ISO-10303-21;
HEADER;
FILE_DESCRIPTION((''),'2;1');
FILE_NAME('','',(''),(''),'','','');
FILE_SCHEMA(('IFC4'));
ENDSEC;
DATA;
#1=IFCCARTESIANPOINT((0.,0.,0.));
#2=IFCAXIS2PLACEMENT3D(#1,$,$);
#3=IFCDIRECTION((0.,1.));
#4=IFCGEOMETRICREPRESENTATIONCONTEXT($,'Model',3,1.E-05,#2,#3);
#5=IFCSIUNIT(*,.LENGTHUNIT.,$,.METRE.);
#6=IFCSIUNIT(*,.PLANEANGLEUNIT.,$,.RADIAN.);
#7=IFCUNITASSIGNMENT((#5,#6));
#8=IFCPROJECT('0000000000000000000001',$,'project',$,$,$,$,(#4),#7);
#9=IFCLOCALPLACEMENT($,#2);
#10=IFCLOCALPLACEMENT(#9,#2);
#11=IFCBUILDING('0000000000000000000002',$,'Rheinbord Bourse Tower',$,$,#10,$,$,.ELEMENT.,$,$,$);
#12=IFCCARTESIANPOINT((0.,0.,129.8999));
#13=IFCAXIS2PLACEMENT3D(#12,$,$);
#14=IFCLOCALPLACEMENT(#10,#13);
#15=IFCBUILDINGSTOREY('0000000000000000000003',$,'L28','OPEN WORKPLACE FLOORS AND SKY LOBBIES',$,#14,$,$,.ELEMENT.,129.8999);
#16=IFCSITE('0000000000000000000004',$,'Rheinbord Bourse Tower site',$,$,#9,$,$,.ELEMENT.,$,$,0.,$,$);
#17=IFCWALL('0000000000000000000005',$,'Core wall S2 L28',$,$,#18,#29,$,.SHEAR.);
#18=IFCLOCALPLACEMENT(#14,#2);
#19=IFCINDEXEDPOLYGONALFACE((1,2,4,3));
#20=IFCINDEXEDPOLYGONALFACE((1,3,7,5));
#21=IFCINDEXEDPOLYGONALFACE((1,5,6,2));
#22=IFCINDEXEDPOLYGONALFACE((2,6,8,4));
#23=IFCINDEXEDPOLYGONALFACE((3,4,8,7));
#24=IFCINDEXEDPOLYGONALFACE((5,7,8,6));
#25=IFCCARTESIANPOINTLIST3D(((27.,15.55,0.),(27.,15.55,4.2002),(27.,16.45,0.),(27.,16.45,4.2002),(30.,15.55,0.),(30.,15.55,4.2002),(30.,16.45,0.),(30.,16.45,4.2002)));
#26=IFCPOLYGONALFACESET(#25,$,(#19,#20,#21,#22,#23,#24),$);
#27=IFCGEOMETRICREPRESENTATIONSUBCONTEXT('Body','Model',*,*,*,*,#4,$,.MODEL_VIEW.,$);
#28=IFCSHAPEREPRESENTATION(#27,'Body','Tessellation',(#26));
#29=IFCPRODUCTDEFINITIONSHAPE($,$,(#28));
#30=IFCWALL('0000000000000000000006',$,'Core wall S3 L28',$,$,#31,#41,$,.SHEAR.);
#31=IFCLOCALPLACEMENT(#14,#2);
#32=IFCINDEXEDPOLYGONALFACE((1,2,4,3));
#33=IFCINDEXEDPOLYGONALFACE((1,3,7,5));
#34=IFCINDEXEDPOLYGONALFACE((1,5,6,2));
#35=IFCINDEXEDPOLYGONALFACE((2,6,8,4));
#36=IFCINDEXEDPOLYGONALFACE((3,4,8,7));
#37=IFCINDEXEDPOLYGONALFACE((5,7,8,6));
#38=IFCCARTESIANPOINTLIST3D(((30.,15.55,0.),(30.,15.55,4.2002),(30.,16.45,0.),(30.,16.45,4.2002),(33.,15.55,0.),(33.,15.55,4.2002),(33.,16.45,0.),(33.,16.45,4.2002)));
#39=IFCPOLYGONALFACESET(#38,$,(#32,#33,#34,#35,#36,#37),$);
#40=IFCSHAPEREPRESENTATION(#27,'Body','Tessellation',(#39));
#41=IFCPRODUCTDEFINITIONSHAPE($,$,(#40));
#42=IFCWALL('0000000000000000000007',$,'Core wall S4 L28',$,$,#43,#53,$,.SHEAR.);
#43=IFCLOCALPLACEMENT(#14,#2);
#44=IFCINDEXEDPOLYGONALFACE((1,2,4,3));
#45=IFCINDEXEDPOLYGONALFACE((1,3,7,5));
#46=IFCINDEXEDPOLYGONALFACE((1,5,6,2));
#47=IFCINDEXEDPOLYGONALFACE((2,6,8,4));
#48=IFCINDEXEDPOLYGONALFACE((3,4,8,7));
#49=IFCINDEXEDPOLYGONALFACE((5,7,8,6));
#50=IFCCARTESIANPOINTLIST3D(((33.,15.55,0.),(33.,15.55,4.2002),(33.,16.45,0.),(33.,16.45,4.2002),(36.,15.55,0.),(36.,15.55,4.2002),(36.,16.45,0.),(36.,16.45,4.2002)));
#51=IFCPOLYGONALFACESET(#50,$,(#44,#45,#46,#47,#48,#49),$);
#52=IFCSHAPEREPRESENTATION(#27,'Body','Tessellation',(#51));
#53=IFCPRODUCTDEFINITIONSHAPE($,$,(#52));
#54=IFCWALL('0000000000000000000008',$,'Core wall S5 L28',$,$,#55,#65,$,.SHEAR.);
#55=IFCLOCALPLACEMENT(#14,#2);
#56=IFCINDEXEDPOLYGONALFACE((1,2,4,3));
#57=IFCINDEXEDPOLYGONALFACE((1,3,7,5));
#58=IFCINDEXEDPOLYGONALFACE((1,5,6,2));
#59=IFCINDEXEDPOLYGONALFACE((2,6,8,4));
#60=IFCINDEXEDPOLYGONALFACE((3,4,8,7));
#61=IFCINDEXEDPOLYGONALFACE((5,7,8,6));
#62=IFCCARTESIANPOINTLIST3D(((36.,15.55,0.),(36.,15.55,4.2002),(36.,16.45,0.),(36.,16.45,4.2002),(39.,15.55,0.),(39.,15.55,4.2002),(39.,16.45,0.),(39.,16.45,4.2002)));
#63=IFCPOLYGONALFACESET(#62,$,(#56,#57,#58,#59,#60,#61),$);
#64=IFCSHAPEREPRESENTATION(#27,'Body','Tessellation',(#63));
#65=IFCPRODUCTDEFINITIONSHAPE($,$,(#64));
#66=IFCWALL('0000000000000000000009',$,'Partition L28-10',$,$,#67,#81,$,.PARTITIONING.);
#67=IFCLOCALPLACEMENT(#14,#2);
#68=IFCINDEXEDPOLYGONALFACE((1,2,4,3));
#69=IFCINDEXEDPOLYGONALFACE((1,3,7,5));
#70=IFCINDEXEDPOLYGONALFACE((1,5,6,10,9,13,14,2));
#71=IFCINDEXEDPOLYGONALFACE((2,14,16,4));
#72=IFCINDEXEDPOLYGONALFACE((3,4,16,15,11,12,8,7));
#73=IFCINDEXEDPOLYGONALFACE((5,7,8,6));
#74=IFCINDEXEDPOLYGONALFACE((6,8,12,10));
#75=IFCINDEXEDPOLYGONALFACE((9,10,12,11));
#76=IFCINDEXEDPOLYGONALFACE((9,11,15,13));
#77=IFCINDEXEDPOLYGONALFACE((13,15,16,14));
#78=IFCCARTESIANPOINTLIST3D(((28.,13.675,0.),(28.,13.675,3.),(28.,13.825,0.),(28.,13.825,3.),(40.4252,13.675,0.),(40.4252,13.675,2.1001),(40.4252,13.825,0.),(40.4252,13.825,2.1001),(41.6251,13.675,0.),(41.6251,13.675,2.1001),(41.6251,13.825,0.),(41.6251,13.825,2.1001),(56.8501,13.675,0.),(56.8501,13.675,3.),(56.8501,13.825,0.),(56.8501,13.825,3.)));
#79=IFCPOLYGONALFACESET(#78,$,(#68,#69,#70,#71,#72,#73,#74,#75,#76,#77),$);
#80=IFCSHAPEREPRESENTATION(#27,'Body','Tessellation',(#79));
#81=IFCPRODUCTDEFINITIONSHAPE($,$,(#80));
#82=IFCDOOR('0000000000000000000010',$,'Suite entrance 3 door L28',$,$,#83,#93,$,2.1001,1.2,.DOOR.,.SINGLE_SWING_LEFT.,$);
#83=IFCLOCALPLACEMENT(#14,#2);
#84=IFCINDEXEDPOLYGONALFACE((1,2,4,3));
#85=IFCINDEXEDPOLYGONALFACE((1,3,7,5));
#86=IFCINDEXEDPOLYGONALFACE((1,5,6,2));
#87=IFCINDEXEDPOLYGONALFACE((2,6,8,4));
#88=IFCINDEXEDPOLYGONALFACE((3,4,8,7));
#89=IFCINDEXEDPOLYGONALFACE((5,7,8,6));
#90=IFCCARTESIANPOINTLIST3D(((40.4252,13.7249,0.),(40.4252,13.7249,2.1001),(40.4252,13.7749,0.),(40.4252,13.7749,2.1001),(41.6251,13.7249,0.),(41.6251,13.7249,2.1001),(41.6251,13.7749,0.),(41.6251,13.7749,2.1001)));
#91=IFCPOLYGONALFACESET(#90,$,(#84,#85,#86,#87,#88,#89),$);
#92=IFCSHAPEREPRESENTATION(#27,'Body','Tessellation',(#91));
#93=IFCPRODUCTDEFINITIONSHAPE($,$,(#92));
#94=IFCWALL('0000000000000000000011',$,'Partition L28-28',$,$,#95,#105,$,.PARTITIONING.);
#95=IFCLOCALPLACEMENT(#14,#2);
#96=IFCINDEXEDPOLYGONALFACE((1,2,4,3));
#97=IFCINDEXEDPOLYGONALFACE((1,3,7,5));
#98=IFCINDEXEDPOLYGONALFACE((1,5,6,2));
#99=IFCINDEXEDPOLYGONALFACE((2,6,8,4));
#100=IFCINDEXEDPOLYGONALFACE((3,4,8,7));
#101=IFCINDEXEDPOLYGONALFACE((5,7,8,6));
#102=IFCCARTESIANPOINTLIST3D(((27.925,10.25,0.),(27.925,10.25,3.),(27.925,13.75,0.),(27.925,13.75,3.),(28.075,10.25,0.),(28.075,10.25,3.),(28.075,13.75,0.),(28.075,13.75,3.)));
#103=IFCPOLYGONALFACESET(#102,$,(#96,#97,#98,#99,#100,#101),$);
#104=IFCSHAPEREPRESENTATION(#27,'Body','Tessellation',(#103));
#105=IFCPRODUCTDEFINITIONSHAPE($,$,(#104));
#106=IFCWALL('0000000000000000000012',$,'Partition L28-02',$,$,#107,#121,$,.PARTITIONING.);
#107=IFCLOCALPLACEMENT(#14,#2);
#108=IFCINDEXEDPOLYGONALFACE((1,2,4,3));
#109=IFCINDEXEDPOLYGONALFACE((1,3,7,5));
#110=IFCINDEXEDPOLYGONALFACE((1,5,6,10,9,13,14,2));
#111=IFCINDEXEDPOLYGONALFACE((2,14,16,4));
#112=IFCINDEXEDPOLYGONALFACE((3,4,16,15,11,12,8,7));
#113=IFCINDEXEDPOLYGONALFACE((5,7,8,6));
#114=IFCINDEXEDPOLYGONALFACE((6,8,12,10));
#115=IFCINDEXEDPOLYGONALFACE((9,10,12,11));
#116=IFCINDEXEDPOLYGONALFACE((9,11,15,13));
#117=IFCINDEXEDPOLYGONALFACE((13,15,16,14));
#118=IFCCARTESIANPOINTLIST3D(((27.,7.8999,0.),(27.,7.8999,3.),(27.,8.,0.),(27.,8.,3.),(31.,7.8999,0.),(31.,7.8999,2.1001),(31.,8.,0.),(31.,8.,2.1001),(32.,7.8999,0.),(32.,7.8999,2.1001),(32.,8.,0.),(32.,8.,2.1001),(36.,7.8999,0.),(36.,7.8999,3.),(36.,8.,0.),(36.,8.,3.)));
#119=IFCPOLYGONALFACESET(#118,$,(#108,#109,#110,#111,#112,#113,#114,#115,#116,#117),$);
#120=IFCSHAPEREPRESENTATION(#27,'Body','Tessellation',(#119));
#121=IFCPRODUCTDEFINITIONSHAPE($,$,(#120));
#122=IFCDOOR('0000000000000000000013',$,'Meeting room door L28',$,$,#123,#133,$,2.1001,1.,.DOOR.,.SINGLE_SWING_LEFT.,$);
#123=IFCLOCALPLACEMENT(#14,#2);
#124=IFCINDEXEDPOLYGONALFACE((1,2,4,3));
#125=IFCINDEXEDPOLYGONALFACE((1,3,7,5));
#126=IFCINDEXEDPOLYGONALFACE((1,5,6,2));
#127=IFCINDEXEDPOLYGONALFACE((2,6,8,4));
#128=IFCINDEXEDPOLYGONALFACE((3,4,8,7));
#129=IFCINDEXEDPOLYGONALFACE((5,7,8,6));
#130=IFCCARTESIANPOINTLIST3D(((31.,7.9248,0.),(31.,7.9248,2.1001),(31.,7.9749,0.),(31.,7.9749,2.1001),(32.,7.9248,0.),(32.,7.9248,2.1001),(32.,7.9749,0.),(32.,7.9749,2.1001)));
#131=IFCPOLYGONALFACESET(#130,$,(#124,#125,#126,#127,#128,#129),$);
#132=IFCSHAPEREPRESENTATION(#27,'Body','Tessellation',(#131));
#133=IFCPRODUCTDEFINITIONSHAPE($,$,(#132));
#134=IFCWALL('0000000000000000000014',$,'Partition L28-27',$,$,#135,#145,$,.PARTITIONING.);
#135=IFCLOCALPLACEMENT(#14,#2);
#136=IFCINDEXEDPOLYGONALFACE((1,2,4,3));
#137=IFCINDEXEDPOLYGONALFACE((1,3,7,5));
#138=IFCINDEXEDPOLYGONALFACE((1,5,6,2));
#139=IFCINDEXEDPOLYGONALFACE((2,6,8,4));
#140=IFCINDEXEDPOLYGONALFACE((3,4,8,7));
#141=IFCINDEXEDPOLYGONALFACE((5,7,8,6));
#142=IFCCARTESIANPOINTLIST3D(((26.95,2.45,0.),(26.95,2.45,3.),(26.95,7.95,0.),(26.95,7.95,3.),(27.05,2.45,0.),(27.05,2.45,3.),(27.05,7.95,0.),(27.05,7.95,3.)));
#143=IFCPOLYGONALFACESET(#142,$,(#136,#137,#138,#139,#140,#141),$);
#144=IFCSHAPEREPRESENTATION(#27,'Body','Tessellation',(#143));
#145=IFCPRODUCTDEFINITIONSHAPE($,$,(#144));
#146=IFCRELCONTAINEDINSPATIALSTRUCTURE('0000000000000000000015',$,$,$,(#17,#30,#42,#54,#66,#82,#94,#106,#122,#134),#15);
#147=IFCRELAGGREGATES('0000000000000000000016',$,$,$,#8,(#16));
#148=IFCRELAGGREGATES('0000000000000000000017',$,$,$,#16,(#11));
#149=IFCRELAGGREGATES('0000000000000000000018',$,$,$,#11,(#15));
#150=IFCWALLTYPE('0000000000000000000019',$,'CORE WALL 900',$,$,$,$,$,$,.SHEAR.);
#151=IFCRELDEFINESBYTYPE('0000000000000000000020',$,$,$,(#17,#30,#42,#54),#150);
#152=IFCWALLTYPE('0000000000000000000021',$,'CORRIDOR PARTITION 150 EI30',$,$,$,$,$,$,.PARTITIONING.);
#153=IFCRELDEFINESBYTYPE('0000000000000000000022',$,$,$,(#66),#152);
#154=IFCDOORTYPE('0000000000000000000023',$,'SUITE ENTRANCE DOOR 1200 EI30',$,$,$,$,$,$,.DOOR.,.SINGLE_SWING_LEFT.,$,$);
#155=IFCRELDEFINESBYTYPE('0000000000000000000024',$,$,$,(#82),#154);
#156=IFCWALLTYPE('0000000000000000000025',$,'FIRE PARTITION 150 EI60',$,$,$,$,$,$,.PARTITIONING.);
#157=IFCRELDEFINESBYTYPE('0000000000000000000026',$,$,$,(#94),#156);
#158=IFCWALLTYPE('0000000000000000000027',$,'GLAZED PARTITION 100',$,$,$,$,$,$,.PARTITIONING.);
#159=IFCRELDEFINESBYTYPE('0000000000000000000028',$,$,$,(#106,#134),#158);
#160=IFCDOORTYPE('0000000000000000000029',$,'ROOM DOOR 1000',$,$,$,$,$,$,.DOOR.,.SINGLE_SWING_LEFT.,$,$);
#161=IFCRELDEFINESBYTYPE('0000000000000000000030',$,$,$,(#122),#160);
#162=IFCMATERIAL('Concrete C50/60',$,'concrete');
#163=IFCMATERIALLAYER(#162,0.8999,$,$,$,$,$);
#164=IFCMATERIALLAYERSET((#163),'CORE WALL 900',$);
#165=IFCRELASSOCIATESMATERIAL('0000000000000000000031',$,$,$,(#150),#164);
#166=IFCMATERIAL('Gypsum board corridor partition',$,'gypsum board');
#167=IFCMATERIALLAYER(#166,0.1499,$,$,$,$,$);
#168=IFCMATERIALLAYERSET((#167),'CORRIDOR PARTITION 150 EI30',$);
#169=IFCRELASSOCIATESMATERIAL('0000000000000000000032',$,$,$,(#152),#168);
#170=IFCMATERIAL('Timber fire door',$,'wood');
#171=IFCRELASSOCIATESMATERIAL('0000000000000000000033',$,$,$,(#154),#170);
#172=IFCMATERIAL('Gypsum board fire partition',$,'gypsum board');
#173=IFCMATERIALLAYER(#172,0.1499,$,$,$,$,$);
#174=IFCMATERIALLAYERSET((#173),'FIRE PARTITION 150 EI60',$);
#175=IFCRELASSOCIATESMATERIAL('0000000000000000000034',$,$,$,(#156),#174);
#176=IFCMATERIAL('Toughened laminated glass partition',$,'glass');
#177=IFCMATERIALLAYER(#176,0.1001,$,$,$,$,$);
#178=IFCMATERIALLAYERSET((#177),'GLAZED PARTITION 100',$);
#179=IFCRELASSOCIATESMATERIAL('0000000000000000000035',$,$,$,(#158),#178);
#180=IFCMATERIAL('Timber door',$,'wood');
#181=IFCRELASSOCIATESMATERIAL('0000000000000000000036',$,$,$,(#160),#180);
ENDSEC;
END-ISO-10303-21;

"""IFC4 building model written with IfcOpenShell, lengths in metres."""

from ifc_helpers import new_model, si_unit, direction, frame, frame_2d, origin, place, context, subcontext, project, spatial, rectangle, extrude, material, layer, layer_set, type_object, element, fill, save


model = new_model("IFC4")

# Units and contexts
model_context = context("Model", 3, precision=1e-05, world=origin(), true_north=direction((0.0, 1.0)))
body_context = subcontext(model_context, "Body", "Model", "MODEL_VIEW")
ifc_project = project(units=[si_unit("LENGTHUNIT", "METRE"), si_unit("PLANEANGLEUNIT", "RADIAN")], contexts=[model_context])

# Site, building, storey
site_placement = place(None, origin())
site = spatial("IfcSite", under=ifc_project, at=site_placement, Name="Rheinbord Bourse Tower site", CompositionType="ELEMENT", RefElevation=0.0)
building_placement = place(site_placement, origin())
building = spatial("IfcBuilding", under=site, at=building_placement, Name="Rheinbord Bourse Tower", CompositionType="ELEMENT")
storey_placement = place(building_placement, frame((0.0, 0.0, 129.8999)))
storey = spatial("IfcBuildingStorey", under=building, at=storey_placement, Name="L28", Description="OPEN WORKPLACE FLOORS AND SKY LOBBIES", CompositionType="ELEMENT", Elevation=129.8999)

# Walls
ifc_material_1 = material(Name="Concrete C50/60", Category="concrete")
ifc_layer_1 = layer(ifc_material_1, 0.8999)
ifc_layer_set_1 = layer_set([ifc_layer_1], Name="CORE WALL 900")
wall_type_1 = type_object("IfcWallType", Name="CORE WALL 900", PredefinedType="SHEAR", material=ifc_layer_set_1)
for number, where, z_axis, x_axis, name in (
    (1, (27.0, 16.0, 0.0), (0.0, 0.0, 1.0), (1.0, 0.0, 0.0), "Core wall S2 L28"),
    (2, (30.0, 16.0, 0.0), (0.0, 0.0, 1.0), (1.0, 0.0, 0.0), "Core wall S3 L28"),
    (3, (33.0, 16.0, 0.0), (0.0, 0.0, 1.0), (1.0, 0.0, 0.0), "Core wall S4 L28"),
    (4, (36.0, 16.0, 0.0), (0.0, 0.0, 1.0), (1.0, 0.0, 0.0), "Core wall S5 L28"),
):
    element("IfcWall", number, at=place(storey_placement, frame(where, z_axis=z_axis, x_axis=x_axis)), inside=storey, type_object=wall_type_1, Name=name, PredefinedType="SHEAR", context=body_context, shape_type="SweptSolid", body=[
        extrude(rectangle(XDim=3.0, YDim=0.8999, at=frame_2d((1.5, 0.0))), origin(), (0.0, 0.0, 1.0), 4.2002),
    ])

# Wall, opening, door
ifc_material_2 = material(Name="Gypsum board corridor partition", Category="gypsum board")
ifc_layer_2 = layer(ifc_material_2, 0.1499)
ifc_layer_set_2 = layer_set([ifc_layer_2], Name="CORRIDOR PARTITION 150 EI30")
wall_type_2 = type_object("IfcWallType", Name="CORRIDOR PARTITION 150 EI30", PredefinedType="PARTITIONING", material=ifc_layer_set_2)
wall_1_placement = place(storey_placement, frame((28.0, 13.75, 0.0), z_axis=(0.0, 0.0, 1.0), x_axis=(1.0, 0.0, 0.0)))
wall_1 = element("IfcWall", 5, at=wall_1_placement, inside=storey, type_object=wall_type_2, Name="Partition L28-10", PredefinedType="PARTITIONING", context=body_context, shape_type="SweptSolid", body=[
    extrude(rectangle(XDim=28.8501, YDim=0.1499, at=frame_2d((14.425, 0.0))), origin(), (0.0, 0.0, 1.0), 3.0),
])
opening_1_placement = place(wall_1_placement, frame((12.425, 0.0, 0.0)))
opening_1 = element("IfcOpeningElement", 6, at=opening_1_placement, cuts=wall_1, PredefinedType="OPENING", context=body_context, shape_type="SweptSolid", body=[
    extrude(rectangle(XDim=1.2, YDim=2.1001, at=frame_2d((0.6001, 1.05))), frame((0.0, 0.085, 0.0), z_axis=(0.0, -1.0, 0.0), x_axis=(1.0, 0.0, 0.0)), (0.0, 0.0, 1.0), 0.1699),
])
ifc_material_3 = material(Name="Timber fire door", Category="wood")
door_type_1 = type_object("IfcDoorType", Name="SUITE ENTRANCE DOOR 1200 EI30", OperationType="SINGLE_SWING_LEFT", PredefinedType="DOOR", material=ifc_material_3)
door_1_placement = place(opening_1_placement, origin())
door_1 = element("IfcDoor", 7, at=door_1_placement, inside=storey, type_object=door_type_1, Name="Suite entrance 3 door L28", OperationType="SINGLE_SWING_LEFT", OverallHeight=2.1001, OverallWidth=1.2, PredefinedType="DOOR", context=body_context, shape_type="SweptSolid", body=[
    extrude(rectangle(XDim=1.2, YDim=2.1001, at=frame_2d((0.6001, 1.05))), frame((0.0, 0.0249, 0.0), z_axis=(0.0, -1.0, 0.0), x_axis=(1.0, 0.0, 0.0)), (0.0, 0.0, 1.0), 0.05),
])
fill(opening_1, door_1)

# Wall
ifc_material_4 = material(Name="Gypsum board fire partition", Category="gypsum board")
ifc_layer_3 = layer(ifc_material_4, 0.1499)
ifc_layer_set_3 = layer_set([ifc_layer_3], Name="FIRE PARTITION 150 EI60")
wall_type_3 = type_object("IfcWallType", Name="FIRE PARTITION 150 EI60", PredefinedType="PARTITIONING", material=ifc_layer_set_3)
wall_2_placement = place(storey_placement, frame((28.0, 10.25, 0.0), z_axis=(0.0, 0.0, 1.0), x_axis=(0.0, 1.0, 0.0)))
element("IfcWall", 8, at=wall_2_placement, inside=storey, type_object=wall_type_3, Name="Partition L28-28", PredefinedType="PARTITIONING", context=body_context, shape_type="SweptSolid", body=[
    extrude(rectangle(XDim=3.5, YDim=0.1499, at=frame_2d((1.75, 0.0))), origin(), (0.0, 0.0, 1.0), 3.0),
])

# Wall, opening, door
ifc_material_5 = material(Name="Toughened laminated glass partition", Category="glass")
ifc_layer_4 = layer(ifc_material_5, 0.1001)
ifc_layer_set_4 = layer_set([ifc_layer_4], Name="GLAZED PARTITION 100")
wall_type_4 = type_object("IfcWallType", Name="GLAZED PARTITION 100", PredefinedType="PARTITIONING", material=ifc_layer_set_4)
wall_3_placement = place(storey_placement, frame((27.0, 7.95, 0.0), z_axis=(0.0, 0.0, 1.0), x_axis=(1.0, 0.0, 0.0)))
wall_3 = element("IfcWall", 9, at=wall_3_placement, inside=storey, type_object=wall_type_4, Name="Partition L28-02", PredefinedType="PARTITIONING", context=body_context, shape_type="SweptSolid", body=[
    extrude(rectangle(XDim=9.0, YDim=0.1001, at=frame_2d((4.5, 0.0))), origin(), (0.0, 0.0, 1.0), 3.0),
])
opening_2_placement = place(wall_3_placement, frame((4.0, 0.0, 0.0)))
opening_2 = element("IfcOpeningElement", 10, at=opening_2_placement, cuts=wall_3, PredefinedType="OPENING", context=body_context, shape_type="SweptSolid", body=[
    extrude(rectangle(XDim=1.0, YDim=2.1001, at=frame_2d((0.5, 1.05))), frame((0.0, 0.0601, 0.0), z_axis=(0.0, -1.0, 0.0), x_axis=(1.0, 0.0, 0.0)), (0.0, 0.0, 1.0), 0.1201),
])
ifc_material_6 = material(Name="Timber door", Category="wood")
door_type_2 = type_object("IfcDoorType", Name="ROOM DOOR 1000", OperationType="SINGLE_SWING_LEFT", PredefinedType="DOOR", material=ifc_material_6)
door_2_placement = place(opening_2_placement, origin())
door_2 = element("IfcDoor", 11, at=door_2_placement, inside=storey, type_object=door_type_2, Name="Meeting room door L28", OperationType="SINGLE_SWING_LEFT", OverallHeight=2.1001, OverallWidth=1.0, PredefinedType="DOOR", context=body_context, shape_type="SweptSolid", body=[
    extrude(rectangle(XDim=1.0, YDim=2.1001, at=frame_2d((0.5, 1.05))), frame((0.0, 0.0249, 0.0), z_axis=(0.0, -1.0, 0.0), x_axis=(1.0, 0.0, 0.0)), (0.0, 0.0, 1.0), 0.05),
])
fill(opening_2, door_2)

# Wall
wall_4_placement = place(storey_placement, frame((27.0, 2.45, 0.0), z_axis=(0.0, 0.0, 1.0), x_axis=(0.0, 1.0, 0.0)))
element("IfcWall", 12, at=wall_4_placement, inside=storey, type_object=wall_type_4, Name="Partition L28-27", PredefinedType="PARTITIONING", context=body_context, shape_type="SweptSolid", body=[
    extrude(rectangle(XDim=5.5, YDim=0.1001, at=frame_2d((2.75, 0.0))), origin(), (0.0, 0.0, 1.0), 3.0),
])

save(model, "model.ifc")
